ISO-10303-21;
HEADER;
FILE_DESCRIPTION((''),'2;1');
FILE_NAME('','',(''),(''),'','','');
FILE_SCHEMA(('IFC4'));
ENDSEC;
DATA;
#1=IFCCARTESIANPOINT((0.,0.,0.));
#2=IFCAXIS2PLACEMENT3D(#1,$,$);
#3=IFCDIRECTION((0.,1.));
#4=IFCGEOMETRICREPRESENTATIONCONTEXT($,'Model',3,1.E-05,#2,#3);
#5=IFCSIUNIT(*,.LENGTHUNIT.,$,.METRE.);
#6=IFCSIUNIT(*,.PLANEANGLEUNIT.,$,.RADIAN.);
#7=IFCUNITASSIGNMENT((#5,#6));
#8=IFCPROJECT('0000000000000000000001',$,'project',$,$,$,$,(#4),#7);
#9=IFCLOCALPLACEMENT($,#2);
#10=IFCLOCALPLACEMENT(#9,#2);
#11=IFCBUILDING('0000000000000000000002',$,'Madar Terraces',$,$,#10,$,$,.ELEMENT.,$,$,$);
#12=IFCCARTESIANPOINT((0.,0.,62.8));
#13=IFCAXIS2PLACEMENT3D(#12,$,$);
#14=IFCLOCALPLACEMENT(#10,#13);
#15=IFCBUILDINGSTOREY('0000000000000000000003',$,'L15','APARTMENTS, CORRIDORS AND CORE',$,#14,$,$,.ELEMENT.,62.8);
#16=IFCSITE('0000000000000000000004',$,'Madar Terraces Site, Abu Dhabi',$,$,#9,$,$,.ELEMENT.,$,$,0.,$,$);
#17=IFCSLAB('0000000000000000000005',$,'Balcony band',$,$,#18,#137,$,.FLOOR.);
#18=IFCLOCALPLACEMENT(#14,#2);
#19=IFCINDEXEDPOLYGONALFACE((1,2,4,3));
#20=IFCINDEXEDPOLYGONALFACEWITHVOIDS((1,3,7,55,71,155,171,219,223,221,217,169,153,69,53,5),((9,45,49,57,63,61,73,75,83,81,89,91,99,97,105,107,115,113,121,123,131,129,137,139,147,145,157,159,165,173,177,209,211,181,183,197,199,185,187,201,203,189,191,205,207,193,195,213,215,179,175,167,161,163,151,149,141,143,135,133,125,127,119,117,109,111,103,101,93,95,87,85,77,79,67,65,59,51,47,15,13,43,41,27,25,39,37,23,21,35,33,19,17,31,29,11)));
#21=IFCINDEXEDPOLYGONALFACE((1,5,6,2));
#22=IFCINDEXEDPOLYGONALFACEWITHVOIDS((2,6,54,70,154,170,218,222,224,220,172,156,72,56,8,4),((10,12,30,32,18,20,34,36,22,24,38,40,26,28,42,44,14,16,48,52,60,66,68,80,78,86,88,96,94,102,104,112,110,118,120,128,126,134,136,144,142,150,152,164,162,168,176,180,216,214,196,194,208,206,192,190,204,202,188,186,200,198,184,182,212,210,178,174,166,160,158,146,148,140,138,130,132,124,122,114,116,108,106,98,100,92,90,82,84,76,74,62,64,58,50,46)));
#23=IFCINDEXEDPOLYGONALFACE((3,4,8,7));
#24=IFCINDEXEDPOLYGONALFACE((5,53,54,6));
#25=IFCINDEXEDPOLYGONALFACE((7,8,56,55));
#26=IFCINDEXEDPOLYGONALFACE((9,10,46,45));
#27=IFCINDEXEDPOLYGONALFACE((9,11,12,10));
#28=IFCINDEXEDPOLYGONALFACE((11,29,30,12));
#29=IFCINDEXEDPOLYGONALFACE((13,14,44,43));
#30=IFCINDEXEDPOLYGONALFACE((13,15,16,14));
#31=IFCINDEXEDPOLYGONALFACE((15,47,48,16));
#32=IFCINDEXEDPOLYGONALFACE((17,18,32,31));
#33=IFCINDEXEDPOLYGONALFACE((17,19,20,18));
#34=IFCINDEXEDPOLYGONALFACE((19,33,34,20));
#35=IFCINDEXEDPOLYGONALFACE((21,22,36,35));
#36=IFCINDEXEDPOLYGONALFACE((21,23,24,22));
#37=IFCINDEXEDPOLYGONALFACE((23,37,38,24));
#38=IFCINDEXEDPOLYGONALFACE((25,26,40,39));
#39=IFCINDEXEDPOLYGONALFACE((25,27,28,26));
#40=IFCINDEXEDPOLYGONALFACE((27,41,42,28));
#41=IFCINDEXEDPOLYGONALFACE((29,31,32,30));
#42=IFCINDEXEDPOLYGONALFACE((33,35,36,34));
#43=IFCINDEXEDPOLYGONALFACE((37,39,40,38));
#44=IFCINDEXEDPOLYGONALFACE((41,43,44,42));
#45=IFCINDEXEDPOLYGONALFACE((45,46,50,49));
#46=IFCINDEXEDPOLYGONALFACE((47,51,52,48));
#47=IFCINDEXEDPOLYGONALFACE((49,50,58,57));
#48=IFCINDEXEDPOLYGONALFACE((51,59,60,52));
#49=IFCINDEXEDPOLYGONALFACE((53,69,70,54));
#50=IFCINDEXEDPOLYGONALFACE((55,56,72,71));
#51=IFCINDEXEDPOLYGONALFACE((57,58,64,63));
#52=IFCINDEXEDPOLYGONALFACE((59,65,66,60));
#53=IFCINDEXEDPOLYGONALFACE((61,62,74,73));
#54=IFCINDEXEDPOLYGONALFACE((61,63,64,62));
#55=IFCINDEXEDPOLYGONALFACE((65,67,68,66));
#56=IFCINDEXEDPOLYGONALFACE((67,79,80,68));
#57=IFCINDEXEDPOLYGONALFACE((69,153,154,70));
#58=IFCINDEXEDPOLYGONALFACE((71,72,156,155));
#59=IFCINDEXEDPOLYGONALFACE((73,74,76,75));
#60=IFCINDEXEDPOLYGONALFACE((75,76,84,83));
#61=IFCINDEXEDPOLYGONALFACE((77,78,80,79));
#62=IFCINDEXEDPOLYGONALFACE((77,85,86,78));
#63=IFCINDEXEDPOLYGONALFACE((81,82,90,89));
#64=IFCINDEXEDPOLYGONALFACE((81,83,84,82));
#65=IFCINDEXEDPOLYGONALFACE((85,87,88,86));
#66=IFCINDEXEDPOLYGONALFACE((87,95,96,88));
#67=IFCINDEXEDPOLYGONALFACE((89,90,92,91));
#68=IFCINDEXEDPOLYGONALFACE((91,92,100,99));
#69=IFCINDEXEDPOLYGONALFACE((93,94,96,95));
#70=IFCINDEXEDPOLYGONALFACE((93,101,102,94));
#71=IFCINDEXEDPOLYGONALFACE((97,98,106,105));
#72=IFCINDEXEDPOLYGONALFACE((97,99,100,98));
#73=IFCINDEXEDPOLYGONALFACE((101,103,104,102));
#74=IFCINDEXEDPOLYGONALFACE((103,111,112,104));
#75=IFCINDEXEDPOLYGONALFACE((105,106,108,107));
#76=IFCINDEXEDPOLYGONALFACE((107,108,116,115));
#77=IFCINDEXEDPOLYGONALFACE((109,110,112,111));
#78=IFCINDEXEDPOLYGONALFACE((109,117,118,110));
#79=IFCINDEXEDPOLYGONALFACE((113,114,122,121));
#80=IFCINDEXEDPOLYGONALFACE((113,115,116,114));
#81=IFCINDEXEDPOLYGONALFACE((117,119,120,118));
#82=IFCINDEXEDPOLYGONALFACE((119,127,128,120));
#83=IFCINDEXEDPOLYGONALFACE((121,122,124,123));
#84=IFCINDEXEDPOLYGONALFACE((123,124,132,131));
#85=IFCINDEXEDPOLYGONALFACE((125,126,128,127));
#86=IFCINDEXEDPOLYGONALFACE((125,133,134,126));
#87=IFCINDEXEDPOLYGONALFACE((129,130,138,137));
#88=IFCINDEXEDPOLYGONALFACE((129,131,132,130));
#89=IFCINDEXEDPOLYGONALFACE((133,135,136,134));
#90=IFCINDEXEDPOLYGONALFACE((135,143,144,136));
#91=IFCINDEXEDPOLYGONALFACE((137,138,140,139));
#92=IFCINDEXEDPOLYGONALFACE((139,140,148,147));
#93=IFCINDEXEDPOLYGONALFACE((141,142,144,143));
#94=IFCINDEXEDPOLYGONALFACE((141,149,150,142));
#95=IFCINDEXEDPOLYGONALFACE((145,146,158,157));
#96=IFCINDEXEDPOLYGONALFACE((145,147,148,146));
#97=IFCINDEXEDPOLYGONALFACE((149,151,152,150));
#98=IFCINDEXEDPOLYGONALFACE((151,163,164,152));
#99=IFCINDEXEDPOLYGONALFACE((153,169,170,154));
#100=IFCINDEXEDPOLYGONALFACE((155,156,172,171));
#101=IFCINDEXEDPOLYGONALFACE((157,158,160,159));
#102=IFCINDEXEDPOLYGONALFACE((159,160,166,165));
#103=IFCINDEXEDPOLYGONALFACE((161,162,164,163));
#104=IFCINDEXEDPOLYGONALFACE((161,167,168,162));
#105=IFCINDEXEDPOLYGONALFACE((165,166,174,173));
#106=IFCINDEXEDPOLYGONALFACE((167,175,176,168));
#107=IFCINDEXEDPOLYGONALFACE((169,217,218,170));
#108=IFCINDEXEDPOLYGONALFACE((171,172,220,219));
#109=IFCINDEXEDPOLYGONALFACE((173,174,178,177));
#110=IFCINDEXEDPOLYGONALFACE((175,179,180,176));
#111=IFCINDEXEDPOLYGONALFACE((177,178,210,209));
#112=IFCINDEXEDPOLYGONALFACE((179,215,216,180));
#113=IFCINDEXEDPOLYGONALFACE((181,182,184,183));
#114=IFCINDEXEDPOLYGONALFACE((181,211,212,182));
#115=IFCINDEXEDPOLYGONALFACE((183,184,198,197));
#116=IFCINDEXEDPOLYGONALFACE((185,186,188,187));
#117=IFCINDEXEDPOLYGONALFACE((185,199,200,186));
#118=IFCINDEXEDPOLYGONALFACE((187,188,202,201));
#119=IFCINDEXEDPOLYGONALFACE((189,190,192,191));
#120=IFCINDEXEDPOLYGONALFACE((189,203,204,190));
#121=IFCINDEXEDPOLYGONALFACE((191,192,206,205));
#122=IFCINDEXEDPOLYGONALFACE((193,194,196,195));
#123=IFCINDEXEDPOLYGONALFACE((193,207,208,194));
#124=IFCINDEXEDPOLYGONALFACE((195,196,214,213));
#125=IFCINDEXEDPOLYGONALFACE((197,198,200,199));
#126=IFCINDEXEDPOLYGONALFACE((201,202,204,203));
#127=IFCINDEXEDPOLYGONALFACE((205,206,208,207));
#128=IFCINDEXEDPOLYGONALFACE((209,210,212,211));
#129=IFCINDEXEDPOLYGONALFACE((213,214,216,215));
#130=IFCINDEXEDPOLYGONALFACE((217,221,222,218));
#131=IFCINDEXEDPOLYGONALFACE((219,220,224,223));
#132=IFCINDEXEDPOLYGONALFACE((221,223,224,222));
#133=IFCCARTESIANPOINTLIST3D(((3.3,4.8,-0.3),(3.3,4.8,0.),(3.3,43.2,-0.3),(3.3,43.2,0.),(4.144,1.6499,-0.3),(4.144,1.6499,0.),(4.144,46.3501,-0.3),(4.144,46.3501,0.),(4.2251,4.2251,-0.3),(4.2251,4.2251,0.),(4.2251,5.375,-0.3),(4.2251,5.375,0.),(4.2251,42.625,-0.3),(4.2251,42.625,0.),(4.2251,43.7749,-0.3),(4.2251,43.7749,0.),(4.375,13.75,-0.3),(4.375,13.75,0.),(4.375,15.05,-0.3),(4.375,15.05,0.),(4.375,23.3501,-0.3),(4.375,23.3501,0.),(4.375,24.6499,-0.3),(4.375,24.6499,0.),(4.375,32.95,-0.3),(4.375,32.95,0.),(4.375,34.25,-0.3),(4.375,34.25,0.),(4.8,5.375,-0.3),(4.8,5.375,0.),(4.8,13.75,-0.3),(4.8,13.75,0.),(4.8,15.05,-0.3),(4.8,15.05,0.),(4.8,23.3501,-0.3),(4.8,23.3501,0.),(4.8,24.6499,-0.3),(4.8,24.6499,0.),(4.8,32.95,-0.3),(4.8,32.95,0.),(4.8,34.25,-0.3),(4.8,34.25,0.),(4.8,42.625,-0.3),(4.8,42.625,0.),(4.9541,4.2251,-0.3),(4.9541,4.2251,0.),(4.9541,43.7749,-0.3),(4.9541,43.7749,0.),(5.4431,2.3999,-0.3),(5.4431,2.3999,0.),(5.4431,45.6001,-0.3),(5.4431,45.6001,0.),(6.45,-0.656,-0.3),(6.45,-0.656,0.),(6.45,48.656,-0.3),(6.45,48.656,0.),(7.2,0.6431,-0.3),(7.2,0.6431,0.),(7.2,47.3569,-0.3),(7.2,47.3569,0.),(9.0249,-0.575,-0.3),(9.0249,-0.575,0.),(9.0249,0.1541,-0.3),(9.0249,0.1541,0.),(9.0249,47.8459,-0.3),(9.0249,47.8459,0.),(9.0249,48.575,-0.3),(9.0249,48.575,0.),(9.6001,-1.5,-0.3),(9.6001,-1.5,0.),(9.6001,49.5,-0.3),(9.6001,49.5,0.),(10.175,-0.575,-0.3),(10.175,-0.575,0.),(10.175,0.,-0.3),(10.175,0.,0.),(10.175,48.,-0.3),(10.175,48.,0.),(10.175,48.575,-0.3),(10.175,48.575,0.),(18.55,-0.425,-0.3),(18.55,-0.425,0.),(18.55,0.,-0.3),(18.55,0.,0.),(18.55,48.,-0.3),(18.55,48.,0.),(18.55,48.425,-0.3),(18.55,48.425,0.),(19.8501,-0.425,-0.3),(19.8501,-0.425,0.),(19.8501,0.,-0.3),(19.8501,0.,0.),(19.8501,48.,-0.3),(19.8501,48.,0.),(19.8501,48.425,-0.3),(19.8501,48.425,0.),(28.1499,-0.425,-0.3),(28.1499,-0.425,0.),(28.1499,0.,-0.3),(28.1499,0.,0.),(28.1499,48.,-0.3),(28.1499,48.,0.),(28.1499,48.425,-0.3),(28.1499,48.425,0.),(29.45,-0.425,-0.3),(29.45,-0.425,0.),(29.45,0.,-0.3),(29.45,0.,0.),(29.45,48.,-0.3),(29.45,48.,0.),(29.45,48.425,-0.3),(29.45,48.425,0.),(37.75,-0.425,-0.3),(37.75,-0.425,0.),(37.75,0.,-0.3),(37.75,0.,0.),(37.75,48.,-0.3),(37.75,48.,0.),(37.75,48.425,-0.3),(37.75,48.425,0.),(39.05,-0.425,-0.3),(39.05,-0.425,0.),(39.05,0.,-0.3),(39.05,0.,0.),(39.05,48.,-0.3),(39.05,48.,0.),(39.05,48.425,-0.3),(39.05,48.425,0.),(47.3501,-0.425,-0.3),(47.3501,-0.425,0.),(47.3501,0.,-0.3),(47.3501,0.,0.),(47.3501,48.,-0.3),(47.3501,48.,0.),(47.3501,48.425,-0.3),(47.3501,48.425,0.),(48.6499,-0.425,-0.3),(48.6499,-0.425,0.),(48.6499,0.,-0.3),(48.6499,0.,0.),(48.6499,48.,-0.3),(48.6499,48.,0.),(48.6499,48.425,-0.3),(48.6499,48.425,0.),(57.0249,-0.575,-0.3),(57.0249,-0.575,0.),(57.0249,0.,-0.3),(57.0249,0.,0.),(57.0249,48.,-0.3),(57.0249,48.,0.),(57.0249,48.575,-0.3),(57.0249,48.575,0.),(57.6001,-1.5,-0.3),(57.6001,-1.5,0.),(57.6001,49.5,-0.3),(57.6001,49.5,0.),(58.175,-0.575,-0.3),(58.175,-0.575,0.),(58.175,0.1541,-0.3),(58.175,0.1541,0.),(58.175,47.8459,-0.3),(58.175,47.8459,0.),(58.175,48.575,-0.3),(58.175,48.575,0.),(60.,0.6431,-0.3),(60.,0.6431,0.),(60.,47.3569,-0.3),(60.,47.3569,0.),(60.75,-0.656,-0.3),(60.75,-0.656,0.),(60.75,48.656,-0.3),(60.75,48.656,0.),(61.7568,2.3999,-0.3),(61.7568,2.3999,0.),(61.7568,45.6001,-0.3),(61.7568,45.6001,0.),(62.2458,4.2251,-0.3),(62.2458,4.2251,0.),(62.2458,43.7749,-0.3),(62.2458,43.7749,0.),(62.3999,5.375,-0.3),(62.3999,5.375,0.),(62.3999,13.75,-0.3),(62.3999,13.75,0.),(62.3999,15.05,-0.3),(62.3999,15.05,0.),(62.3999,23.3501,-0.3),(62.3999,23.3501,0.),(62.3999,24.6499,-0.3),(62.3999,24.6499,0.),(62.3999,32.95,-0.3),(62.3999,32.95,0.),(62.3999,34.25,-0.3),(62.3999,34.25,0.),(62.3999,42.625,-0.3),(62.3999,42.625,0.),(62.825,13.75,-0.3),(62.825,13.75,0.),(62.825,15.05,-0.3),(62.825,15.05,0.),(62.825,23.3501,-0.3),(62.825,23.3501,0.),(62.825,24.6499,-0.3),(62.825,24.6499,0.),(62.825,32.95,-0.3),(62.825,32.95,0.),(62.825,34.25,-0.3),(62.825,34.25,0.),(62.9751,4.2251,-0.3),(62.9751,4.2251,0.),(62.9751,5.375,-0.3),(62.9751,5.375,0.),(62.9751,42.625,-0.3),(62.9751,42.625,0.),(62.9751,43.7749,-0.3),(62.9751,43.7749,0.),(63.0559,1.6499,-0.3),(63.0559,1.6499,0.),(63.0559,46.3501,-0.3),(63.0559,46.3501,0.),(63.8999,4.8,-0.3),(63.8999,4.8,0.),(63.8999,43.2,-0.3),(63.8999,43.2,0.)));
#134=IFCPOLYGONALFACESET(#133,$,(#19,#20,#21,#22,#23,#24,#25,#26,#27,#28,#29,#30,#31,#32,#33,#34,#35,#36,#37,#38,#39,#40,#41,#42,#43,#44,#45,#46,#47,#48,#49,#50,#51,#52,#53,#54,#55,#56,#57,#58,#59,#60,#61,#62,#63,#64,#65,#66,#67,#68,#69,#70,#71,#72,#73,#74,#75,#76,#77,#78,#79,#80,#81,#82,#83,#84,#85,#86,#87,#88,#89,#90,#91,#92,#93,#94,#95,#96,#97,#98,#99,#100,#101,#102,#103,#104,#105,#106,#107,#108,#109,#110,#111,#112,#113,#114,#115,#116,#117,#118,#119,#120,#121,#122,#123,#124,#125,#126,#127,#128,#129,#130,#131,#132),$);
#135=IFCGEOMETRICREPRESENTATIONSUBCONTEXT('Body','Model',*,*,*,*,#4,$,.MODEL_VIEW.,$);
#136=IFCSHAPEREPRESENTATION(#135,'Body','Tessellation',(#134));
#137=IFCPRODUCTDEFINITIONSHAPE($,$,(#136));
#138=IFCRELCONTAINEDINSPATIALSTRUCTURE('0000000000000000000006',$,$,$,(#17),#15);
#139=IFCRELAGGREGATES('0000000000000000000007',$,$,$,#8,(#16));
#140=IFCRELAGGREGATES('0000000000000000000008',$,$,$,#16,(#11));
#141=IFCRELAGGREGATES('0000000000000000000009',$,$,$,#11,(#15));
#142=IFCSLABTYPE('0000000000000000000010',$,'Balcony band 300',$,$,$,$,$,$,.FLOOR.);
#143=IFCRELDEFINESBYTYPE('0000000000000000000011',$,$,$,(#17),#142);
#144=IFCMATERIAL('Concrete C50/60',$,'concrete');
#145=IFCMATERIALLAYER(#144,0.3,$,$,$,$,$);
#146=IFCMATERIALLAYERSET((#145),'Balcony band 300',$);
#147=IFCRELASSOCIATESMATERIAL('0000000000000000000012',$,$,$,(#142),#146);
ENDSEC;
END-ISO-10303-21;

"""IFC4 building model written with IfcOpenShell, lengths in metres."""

from ifc_helpers import new_model, si_unit, direction, frame, origin, place, context, subcontext, project, spatial, polyline, outline, extrude, material, layer, layer_set, type_object, element, save


model = new_model("IFC4")

# Units and contexts
model_context = context("Model", 3, precision=1e-05, world=origin(), true_north=direction((0.0, 1.0)))
body_context = subcontext(model_context, "Body", "Model", "MODEL_VIEW")
ifc_project = project(units=[si_unit("LENGTHUNIT", "METRE"), si_unit("PLANEANGLEUNIT", "RADIAN")], contexts=[model_context])

# Site, building, storey
site_placement = place(None, origin())
site = spatial("IfcSite", under=ifc_project, at=site_placement, Name="Madar Terraces Site, Abu Dhabi", CompositionType="ELEMENT", RefElevation=0.0)
building_placement = place(site_placement, origin())
building = spatial("IfcBuilding", under=site, at=building_placement, Name="Madar Terraces", CompositionType="ELEMENT")
storey_placement = place(building_placement, frame((0.0, 0.0, 62.8)))
storey = spatial("IfcBuildingStorey", under=building, at=storey_placement, Name="L15", Description="APARTMENTS, CORRIDORS AND CORE", CompositionType="ELEMENT", Elevation=62.8)

# Slab
ifc_material_1 = material(Name="Concrete C50/60", Category="concrete")
ifc_layer_1 = layer(ifc_material_1, 0.3)
ifc_layer_set_1 = layer_set([ifc_layer_1], Name="Balcony band 300")
slab_type_1 = type_object("IfcSlabType", Name="Balcony band 300", PredefinedType="FLOOR", material=ifc_layer_set_1)
slab_1_placement = place(storey_placement, frame((0.0, 0.0, -0.3)))
element("IfcSlab", 1, at=slab_1_placement, inside=storey, type_object=slab_type_1, Name="Balcony band", PredefinedType="FLOOR", context=body_context, shape_type="SweptSolid", body=[
    extrude(outline(polyline([(9.6001, -1.5), (6.45, -0.656), (4.144, 1.6499), (3.3, 4.8), (3.3, 43.2), (4.144, 46.3501), (6.45, 48.656), (9.6001, 49.5), (57.6001, 49.5), (60.75, 48.656), (63.0559, 46.3501), (63.8999, 43.2), (63.8999, 4.8), (63.0559, 1.6499), (60.75, -0.656), (57.6001, -1.5), (9.6001, -1.5)]), holes=[polyline([(10.175, -0.575), (10.175, 0.0), (18.55, 0.0), (18.55, -0.425), (19.8501, -0.425), (19.8501, 0.0), (28.1499, 0.0), (28.1499, -0.425), (29.45, -0.425), (29.45, 0.0), (37.75, 0.0), (37.75, -0.425), (39.05, -0.425), (39.05, 0.0), (47.3501, 0.0), (47.3501, -0.425), (48.6499, -0.425), (48.6499, 0.0), (57.0249, 0.0), (57.0249, -0.575), (58.175, -0.575), (58.175, 0.1541), (60.0, 0.6431), (61.7568, 2.3999), (62.2458, 4.2251), (62.9751, 4.2251), (62.9751, 5.375), (62.3999, 5.375), (62.3999, 13.75), (62.825, 13.75), (62.825, 15.05), (62.3999, 15.05), (62.3999, 23.3501), (62.825, 23.3501), (62.825, 24.6499), (62.3999, 24.6499), (62.3999, 32.95), (62.825, 32.95), (62.825, 34.25), (62.3999, 34.25), (62.3999, 42.625), (62.9751, 42.625), (62.9751, 43.7749), (62.2458, 43.7749), (61.7568, 45.6001), (60.0, 47.3569), (58.175, 47.8459), (58.175, 48.575), (57.0249, 48.575), (57.0249, 48.0), (48.6499, 48.0), (48.6499, 48.425), (47.3501, 48.425), (47.3501, 48.0), (39.05, 48.0), (39.05, 48.425), (37.75, 48.425), (37.75, 48.0), (29.45, 48.0), (29.45, 48.425), (28.1499, 48.425), (28.1499, 48.0), (19.8501, 48.0), (19.8501, 48.425), (18.55, 48.425), (18.55, 48.0), (10.175, 48.0), (10.175, 48.575), (9.0249, 48.575), (9.0249, 47.8459), (7.2, 47.3569), (5.4431, 45.6001), (4.9541, 43.7749), (4.2251, 43.7749), (4.2251, 42.625), (4.8, 42.625), (4.8, 34.25), (4.375, 34.25), (4.375, 32.95), (4.8, 32.95), (4.8, 24.6499), (4.375, 24.6499), (4.375, 23.3501), (4.8, 23.3501), (4.8, 15.05), (4.375, 15.05), (4.375, 13.75), (4.8, 13.75), (4.8, 5.375), (4.2251, 5.375), (4.2251, 4.2251), (4.9541, 4.2251), (5.4431, 2.3999), (7.2, 0.6431), (9.0249, 0.1541), (9.0249, -0.575), (10.175, -0.575)])]), origin(), (0.0, 0.0, 1.0), 0.3),
])

save(model, "model.ifc")
